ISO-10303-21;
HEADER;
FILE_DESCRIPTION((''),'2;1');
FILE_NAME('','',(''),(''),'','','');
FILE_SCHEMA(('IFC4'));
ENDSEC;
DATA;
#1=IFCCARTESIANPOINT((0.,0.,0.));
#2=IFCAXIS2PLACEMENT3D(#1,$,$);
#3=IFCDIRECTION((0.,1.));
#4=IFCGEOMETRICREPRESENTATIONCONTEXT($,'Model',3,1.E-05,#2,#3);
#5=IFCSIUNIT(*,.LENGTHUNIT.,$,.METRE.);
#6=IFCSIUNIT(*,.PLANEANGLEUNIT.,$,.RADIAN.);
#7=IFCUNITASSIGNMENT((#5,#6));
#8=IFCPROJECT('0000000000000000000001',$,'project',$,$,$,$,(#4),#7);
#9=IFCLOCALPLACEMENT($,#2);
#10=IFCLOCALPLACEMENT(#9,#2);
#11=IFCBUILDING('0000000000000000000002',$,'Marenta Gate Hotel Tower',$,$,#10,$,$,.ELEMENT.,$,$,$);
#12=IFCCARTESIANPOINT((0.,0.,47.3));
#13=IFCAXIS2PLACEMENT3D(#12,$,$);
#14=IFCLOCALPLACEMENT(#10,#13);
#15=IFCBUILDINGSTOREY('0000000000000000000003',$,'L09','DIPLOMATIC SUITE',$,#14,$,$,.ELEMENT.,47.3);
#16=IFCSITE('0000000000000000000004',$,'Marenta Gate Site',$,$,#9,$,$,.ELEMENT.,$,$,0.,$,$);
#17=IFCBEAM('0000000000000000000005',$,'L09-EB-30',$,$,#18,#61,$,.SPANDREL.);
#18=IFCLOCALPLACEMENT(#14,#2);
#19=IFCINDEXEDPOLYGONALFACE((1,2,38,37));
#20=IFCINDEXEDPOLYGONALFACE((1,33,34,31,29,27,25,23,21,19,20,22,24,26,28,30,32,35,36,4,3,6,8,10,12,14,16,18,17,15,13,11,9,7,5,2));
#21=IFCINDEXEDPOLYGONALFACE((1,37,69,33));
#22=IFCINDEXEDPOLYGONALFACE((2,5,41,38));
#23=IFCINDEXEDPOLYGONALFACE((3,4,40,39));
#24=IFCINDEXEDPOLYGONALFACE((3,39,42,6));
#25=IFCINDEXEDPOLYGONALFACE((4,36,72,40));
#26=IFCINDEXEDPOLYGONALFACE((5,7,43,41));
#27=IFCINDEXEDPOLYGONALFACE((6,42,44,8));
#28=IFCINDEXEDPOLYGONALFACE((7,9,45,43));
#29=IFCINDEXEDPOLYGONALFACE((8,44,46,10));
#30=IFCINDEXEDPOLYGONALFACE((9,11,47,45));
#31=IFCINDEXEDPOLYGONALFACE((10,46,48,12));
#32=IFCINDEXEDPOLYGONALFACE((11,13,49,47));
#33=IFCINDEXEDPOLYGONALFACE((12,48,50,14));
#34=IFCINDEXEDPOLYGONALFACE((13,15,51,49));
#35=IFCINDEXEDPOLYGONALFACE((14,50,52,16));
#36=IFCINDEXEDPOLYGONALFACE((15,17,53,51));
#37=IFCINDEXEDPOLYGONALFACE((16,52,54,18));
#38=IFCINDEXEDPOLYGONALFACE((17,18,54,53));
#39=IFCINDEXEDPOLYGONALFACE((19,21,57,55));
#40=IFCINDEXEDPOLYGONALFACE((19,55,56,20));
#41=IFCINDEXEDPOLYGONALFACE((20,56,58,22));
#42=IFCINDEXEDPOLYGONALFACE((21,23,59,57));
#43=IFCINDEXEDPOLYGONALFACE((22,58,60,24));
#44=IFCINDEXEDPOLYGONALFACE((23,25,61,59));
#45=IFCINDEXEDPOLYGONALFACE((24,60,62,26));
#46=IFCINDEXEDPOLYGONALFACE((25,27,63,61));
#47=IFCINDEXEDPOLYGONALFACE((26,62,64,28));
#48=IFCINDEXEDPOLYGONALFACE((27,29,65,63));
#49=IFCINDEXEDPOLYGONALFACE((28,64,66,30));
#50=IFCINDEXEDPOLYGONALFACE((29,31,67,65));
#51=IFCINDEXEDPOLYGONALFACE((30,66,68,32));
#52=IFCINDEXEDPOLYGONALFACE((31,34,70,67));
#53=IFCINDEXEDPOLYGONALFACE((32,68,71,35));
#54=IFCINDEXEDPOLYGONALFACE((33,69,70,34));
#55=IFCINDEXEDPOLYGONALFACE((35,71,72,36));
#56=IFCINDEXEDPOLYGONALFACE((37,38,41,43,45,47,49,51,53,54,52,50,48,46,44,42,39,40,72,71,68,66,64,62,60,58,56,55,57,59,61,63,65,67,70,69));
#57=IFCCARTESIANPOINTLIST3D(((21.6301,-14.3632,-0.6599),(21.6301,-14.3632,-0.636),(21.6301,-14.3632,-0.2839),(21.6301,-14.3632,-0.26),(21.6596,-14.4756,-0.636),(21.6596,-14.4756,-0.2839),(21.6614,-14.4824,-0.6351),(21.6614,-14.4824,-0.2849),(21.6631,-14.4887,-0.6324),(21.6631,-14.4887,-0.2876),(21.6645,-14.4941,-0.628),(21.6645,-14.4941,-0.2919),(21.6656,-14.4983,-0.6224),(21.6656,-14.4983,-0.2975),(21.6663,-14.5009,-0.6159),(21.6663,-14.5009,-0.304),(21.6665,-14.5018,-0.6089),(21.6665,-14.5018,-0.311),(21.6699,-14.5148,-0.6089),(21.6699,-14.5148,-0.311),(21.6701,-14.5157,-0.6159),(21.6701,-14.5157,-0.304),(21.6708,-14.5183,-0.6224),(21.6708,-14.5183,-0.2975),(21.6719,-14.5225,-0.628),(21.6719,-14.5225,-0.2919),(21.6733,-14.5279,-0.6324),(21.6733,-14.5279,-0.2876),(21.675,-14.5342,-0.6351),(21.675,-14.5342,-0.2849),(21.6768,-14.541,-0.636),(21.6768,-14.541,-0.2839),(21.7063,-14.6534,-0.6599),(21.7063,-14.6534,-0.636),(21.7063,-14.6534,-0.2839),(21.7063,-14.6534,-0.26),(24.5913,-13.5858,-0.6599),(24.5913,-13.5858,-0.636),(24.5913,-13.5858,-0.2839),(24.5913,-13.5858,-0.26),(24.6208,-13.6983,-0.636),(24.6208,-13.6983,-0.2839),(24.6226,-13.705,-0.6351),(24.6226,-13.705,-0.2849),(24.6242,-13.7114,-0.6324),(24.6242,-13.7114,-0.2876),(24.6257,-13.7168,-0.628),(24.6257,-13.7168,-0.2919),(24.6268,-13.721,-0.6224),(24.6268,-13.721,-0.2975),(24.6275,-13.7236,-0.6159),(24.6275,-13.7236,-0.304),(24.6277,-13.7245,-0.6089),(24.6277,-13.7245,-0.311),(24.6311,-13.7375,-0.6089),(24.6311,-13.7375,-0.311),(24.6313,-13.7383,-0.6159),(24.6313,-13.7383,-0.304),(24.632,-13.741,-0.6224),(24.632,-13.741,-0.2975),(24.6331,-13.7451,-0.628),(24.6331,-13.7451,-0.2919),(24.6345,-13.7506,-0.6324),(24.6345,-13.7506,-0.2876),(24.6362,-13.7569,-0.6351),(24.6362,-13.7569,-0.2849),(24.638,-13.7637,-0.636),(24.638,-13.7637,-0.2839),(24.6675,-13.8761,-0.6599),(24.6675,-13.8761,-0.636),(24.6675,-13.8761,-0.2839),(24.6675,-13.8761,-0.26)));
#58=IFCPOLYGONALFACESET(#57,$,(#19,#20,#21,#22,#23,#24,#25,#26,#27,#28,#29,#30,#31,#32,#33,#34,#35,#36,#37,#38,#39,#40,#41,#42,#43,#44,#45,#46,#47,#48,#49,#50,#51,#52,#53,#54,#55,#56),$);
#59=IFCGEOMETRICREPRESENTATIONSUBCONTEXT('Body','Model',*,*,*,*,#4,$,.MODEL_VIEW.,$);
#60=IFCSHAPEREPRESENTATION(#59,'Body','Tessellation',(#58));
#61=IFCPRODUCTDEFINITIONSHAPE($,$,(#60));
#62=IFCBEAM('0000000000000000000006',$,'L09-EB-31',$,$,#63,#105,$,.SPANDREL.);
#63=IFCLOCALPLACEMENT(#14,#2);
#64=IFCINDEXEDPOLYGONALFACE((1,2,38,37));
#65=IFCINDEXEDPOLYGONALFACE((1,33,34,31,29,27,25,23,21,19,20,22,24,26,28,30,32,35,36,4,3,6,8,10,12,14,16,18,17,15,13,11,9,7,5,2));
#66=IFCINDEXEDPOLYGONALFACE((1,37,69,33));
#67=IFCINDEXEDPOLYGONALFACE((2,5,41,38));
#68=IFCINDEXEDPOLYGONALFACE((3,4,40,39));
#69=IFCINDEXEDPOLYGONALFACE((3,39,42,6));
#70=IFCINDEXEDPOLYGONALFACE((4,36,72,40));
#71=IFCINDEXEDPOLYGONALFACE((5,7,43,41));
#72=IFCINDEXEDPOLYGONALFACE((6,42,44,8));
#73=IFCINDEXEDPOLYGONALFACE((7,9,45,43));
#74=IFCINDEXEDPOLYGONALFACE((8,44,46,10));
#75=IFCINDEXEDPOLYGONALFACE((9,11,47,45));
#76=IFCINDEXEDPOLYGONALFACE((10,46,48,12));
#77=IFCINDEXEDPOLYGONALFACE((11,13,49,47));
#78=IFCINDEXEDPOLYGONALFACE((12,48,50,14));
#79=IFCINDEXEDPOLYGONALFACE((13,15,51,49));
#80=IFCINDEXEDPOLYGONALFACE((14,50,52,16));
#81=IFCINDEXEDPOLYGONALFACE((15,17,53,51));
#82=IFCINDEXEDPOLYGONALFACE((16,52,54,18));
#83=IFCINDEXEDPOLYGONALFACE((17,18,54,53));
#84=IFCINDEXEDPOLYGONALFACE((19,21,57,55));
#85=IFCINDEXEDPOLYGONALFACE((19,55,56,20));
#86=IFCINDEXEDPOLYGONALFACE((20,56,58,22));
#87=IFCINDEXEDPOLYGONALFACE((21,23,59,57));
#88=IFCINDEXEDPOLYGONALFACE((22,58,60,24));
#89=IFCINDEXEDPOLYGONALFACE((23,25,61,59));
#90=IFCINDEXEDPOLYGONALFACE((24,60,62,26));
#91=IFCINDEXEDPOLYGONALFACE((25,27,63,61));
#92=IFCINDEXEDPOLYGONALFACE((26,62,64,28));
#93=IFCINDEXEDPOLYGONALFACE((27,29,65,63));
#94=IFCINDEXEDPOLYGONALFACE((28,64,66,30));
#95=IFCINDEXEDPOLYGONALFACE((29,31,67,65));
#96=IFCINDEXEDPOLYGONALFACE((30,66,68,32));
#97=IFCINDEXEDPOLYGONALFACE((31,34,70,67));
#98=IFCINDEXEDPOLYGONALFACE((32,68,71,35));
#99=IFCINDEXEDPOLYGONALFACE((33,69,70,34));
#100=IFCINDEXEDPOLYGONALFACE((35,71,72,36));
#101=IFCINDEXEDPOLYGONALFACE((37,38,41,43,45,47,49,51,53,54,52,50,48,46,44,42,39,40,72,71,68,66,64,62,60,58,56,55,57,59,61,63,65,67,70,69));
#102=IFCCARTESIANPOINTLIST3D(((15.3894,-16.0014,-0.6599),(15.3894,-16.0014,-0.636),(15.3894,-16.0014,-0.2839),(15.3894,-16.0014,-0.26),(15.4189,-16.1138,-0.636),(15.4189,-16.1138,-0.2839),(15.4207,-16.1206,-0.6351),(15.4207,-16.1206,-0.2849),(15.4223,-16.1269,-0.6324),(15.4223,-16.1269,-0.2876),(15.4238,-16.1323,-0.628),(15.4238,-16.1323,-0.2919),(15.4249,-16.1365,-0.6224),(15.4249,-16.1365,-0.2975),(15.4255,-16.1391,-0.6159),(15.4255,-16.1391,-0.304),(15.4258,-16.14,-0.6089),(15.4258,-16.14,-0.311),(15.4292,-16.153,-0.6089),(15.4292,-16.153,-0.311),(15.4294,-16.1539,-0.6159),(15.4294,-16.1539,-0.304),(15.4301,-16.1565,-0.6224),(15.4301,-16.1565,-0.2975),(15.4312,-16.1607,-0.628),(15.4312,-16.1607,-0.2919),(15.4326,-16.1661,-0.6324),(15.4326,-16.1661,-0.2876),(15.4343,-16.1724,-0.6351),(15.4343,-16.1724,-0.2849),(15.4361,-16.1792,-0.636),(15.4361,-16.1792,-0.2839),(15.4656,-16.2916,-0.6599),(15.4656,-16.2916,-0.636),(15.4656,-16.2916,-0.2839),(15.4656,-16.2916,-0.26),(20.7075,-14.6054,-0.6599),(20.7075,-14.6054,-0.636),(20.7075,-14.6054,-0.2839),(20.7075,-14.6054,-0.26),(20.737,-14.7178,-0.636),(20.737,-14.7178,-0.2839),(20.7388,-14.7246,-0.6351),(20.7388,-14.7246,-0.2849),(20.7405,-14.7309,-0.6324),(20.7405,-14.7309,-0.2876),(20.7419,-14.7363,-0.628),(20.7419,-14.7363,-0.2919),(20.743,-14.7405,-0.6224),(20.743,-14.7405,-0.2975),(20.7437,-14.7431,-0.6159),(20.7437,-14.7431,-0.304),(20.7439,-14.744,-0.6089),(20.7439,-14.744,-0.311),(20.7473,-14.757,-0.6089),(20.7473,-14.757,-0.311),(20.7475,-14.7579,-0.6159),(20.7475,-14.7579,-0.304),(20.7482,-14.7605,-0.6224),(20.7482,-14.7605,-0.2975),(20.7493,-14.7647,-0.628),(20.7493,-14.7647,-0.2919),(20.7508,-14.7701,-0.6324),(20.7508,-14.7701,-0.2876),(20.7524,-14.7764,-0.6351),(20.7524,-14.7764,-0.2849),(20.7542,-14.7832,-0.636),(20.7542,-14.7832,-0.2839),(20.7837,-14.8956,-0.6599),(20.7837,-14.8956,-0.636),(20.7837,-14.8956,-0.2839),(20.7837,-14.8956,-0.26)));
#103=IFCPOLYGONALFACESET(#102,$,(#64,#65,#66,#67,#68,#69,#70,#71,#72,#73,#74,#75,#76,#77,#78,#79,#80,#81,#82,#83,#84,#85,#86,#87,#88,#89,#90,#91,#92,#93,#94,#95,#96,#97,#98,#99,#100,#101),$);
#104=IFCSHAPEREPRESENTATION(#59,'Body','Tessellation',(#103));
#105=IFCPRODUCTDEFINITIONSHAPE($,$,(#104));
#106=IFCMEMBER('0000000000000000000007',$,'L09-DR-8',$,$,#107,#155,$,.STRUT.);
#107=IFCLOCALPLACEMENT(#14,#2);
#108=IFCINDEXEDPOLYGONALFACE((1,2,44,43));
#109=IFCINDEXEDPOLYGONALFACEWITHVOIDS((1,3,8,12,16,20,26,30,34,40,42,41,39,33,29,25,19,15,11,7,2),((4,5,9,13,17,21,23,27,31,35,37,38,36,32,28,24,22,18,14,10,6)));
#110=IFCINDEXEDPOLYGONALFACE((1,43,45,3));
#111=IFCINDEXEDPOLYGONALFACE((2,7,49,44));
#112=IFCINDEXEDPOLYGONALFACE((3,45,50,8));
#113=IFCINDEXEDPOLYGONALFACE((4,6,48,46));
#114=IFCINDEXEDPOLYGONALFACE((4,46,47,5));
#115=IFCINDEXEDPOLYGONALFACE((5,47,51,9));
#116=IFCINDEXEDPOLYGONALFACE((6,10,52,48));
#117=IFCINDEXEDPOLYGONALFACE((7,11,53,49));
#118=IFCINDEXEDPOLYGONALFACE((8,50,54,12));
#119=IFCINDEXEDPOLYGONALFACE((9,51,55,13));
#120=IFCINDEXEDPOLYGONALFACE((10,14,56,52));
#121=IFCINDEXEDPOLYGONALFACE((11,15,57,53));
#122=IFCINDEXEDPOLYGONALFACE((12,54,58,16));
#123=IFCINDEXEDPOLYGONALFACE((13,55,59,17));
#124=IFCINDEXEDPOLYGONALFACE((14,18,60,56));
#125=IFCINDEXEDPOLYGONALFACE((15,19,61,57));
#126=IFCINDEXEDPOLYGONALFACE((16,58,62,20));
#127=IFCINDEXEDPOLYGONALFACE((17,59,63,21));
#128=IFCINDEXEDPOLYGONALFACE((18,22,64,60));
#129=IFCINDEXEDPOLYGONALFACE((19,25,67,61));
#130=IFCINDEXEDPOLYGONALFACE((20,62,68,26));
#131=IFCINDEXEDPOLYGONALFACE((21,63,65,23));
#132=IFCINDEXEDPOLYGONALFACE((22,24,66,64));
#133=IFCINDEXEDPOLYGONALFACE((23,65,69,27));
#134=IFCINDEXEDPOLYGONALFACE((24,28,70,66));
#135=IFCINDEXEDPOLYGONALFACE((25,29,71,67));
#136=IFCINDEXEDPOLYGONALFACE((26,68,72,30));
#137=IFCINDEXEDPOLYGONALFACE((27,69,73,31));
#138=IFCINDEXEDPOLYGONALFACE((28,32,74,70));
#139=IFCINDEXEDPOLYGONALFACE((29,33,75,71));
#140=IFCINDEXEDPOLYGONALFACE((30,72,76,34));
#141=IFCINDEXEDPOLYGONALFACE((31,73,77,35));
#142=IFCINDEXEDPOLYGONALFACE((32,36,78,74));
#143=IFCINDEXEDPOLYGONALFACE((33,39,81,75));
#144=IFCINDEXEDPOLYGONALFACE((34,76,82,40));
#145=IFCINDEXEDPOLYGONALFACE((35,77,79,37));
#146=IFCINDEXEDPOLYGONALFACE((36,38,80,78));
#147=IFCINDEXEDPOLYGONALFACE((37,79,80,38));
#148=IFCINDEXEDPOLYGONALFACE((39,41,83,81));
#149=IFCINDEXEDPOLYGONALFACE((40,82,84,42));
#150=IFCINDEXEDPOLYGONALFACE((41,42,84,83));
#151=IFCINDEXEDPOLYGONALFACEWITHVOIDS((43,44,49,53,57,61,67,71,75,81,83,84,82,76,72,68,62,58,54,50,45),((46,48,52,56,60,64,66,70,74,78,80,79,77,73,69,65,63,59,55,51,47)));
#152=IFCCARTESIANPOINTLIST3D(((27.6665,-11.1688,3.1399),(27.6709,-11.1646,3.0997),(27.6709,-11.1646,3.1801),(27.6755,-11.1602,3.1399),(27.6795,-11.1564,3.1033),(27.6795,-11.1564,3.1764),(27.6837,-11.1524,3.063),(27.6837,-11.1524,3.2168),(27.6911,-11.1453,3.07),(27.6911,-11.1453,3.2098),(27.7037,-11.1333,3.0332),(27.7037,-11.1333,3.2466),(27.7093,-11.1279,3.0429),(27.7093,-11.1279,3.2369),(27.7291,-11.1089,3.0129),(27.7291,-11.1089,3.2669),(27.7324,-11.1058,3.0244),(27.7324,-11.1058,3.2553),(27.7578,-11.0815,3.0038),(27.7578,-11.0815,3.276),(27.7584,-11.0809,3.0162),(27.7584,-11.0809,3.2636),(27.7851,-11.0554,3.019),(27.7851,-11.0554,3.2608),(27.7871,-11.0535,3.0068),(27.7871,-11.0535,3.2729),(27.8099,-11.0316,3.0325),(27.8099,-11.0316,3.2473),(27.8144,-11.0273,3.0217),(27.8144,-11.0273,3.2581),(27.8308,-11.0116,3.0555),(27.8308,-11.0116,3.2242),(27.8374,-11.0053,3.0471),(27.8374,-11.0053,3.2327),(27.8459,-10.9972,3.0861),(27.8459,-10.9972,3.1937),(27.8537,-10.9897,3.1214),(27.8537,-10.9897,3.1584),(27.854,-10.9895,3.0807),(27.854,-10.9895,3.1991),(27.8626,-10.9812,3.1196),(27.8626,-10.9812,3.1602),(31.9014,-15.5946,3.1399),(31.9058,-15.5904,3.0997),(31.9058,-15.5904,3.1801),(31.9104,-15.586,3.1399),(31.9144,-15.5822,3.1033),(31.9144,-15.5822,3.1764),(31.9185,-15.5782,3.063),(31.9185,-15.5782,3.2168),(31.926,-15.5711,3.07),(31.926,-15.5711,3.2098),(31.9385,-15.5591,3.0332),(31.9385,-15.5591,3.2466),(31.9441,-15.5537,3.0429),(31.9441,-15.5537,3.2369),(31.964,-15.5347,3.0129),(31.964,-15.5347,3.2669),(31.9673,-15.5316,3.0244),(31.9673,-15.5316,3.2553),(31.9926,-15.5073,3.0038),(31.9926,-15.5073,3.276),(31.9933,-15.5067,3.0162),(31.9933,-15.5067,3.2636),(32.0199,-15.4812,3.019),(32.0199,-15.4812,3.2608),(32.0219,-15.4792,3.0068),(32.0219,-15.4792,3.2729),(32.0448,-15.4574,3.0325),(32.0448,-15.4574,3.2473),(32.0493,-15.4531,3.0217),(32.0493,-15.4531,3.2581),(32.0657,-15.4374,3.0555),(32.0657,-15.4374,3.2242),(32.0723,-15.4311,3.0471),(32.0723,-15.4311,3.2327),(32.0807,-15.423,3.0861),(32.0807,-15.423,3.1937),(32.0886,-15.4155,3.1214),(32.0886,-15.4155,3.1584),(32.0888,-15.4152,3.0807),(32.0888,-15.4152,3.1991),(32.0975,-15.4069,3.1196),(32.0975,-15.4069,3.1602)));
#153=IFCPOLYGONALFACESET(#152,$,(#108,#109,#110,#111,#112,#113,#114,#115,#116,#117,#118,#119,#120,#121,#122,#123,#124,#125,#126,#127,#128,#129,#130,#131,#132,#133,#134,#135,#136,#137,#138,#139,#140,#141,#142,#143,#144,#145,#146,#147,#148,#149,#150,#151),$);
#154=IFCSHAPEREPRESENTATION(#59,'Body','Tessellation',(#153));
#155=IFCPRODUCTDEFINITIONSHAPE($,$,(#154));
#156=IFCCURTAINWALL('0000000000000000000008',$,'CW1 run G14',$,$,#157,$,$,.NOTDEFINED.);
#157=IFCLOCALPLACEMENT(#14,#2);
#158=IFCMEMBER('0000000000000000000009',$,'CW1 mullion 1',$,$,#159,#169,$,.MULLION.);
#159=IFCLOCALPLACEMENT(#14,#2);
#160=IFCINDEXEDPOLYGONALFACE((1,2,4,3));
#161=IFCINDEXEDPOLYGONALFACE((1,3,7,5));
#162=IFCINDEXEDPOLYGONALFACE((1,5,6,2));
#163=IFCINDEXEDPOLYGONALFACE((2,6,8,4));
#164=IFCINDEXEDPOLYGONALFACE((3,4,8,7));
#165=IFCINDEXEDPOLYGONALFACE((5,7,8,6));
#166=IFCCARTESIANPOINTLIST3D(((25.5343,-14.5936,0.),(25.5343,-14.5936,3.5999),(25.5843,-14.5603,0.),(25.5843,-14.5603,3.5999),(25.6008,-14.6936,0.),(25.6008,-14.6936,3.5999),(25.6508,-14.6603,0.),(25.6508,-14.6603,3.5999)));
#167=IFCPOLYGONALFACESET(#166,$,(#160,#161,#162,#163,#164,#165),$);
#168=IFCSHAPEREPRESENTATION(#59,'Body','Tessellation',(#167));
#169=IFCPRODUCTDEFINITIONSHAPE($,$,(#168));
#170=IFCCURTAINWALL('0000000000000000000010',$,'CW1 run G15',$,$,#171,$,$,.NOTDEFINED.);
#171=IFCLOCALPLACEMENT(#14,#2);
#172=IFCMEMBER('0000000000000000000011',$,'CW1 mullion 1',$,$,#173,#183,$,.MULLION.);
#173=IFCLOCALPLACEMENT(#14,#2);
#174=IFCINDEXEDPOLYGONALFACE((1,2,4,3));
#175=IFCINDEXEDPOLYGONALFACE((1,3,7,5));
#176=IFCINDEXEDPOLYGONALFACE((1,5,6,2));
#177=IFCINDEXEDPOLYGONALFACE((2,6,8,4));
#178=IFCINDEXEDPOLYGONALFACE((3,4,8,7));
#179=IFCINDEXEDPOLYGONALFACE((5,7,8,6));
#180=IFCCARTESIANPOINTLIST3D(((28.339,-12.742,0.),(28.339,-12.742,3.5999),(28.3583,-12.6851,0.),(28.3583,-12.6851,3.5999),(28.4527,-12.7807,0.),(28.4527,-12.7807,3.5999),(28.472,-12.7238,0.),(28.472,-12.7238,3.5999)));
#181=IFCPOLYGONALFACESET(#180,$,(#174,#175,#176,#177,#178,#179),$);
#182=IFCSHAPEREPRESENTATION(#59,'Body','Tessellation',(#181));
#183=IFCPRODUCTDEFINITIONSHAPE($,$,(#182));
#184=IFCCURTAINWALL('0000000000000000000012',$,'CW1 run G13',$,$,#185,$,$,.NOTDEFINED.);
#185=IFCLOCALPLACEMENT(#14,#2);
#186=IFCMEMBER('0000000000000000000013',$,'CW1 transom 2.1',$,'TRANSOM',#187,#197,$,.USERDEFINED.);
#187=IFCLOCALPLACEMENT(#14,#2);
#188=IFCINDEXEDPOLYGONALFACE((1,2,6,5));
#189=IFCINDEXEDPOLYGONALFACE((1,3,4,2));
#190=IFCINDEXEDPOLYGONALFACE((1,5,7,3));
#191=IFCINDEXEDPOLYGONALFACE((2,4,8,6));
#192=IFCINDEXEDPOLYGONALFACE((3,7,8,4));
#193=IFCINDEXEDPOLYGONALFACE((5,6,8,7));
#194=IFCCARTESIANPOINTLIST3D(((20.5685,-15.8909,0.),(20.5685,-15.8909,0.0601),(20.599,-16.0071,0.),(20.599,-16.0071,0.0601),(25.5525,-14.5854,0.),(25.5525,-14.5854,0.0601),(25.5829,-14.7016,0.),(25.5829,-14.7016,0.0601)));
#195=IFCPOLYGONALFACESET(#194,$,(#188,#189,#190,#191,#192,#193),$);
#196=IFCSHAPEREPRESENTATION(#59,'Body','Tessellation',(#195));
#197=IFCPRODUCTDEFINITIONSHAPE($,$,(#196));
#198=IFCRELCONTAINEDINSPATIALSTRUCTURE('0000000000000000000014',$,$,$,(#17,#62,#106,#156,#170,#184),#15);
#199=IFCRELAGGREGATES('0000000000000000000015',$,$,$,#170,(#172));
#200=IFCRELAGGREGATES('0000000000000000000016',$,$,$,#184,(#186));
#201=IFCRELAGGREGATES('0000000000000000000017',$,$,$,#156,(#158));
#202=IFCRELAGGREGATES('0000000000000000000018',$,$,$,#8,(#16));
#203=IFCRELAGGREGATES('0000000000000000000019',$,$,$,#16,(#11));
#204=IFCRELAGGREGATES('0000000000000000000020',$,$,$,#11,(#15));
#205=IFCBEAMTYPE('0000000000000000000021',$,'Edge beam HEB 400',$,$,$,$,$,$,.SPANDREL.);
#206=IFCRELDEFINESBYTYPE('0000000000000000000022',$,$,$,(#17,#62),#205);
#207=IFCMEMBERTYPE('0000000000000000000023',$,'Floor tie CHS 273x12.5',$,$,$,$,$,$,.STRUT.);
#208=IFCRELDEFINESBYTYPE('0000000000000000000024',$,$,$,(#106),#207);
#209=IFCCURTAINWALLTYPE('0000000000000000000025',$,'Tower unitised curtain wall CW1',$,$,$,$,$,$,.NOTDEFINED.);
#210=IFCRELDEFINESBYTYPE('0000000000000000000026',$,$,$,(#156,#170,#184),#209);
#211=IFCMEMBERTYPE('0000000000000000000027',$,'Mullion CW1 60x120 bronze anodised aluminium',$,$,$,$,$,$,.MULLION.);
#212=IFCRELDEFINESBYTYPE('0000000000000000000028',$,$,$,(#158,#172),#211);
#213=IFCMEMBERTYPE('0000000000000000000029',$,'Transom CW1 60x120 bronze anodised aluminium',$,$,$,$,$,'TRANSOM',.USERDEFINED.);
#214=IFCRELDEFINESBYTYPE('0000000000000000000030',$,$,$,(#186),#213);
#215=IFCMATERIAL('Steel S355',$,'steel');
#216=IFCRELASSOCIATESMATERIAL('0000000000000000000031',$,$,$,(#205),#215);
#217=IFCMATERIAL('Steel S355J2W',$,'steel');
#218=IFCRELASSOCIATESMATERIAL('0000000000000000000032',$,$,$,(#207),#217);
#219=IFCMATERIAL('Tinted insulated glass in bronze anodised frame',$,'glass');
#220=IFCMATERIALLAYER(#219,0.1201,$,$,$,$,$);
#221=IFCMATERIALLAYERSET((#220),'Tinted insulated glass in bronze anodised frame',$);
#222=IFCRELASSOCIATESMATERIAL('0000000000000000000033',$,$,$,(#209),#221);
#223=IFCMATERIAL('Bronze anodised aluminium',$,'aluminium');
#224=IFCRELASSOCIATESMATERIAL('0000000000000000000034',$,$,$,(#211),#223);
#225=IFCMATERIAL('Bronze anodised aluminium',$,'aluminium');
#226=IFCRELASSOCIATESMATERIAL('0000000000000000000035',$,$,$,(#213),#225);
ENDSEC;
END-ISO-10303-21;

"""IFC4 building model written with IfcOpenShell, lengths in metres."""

from ifc_helpers import new_model, si_unit, direction, frame, origin, origin_2d, place, context, subcontext, project, spatial, rectangle, hollow_circle, i_section, extrude, material, layer, layer_set, material_profile, profile_set, type_object, element, aggregate, save


model = new_model("IFC4")

# Units and contexts
model_context = context("Model", 3, precision=1e-05, world=origin(), true_north=direction((0.0, 1.0)))
body_context = subcontext(model_context, "Body", "Model", "MODEL_VIEW")
ifc_project = project(units=[si_unit("LENGTHUNIT", "METRE"), si_unit("PLANEANGLEUNIT", "RADIAN")], contexts=[model_context])

# Site, building, storey
site_placement = place(None, origin())
site = spatial("IfcSite", under=ifc_project, at=site_placement, Name="Marenta Gate Site", CompositionType="ELEMENT", RefElevation=0.0)
building_placement = place(site_placement, origin())
building = spatial("IfcBuilding", under=site, at=building_placement, Name="Marenta Gate Hotel Tower", CompositionType="ELEMENT")
storey_placement = place(building_placement, frame((0.0, 0.0, 47.3)))
storey = spatial("IfcBuildingStorey", under=building, at=storey_placement, Name="L09", Description="DIPLOMATIC SUITE", CompositionType="ELEMENT", Elevation=47.3)

# Beams
ifc_material_1 = material(Name="Steel S355", Category="steel")
ifc_material_profile_1 = material_profile(ifc_material_1, i_section(OverallWidth=0.3, OverallDepth=0.3999, WebThickness=0.0134, FlangeThickness=0.0239, FilletRadius=0.0271, at=origin_2d()), Name="HEB 400")
ifc_profile_set_1 = profile_set([ifc_material_profile_1], Name="Steel S355")
beam_type = type_object("IfcBeamType", Name="Edge beam HEB 400", PredefinedType="SPANDREL", material=ifc_profile_set_1)
beam_1_placement = place(storey_placement, frame((24.6294, -13.731, -0.46), z_axis=(-0.967228, -0.253908, 0.0), x_axis=(0.253908, -0.967228, 0.0)))
element("IfcBeam", 1, at=beam_1_placement, inside=storey, type_object=beam_type, Name="L09-EB-30", PredefinedType="SPANDREL", context=body_context, shape_type="SweptSolid", body=[
    extrude(i_section(OverallWidth=0.3, OverallDepth=0.3999, WebThickness=0.0134, FlangeThickness=0.0239, FilletRadius=0.0271, at=origin_2d()), origin(), (0.0, 0.0, 1.0), 3.0615),
])
beam_2_placement = place(storey_placement, frame((20.7456, -14.7505, -0.46), z_axis=(-0.967231, -0.253897, 0.0), x_axis=(0.253897, -0.967231, 0.0)))
element("IfcBeam", 2, at=beam_2_placement, inside=storey, type_object=beam_type, Name="L09-EB-31", PredefinedType="SPANDREL", context=body_context, shape_type="SweptSolid", body=[
    extrude(i_section(OverallWidth=0.3, OverallDepth=0.3999, WebThickness=0.0134, FlangeThickness=0.0239, FilletRadius=0.0271, at=origin_2d()), origin(), (0.0, 0.0, 1.0), 5.4983),
])

# Member
ifc_material_2 = material(Name="Steel S355J2W", Category="steel")
ifc_material_profile_2 = material_profile(ifc_material_2, hollow_circle(Radius=0.1365, WallThickness=0.0125, at=origin_2d()), Name="CHS 273x12.5")
ifc_profile_set_2 = profile_set([ifc_material_profile_2], Name="Steel S355J2W")
member_type_1 = type_object("IfcMemberType", Name="Floor tie CHS 273x12.5", PredefinedType="STRUT", material=ifc_profile_set_2)
member_1_placement = place(storey_placement, frame((32.0, -15.5002, 3.1399), z_axis=(-0.691351, 0.722519, 0.0), x_axis=(-0.722519, -0.691351, 0.0)))
element("IfcMember", 3, at=member_1_placement, inside=storey, type_object=member_type_1, Name="L09-DR-8", PredefinedType="STRUT", context=body_context, shape_type="SweptSolid", body=[
    extrude(hollow_circle(Radius=0.1365, WallThickness=0.0125, at=origin_2d()), origin(), (0.0, 0.0, 1.0), 6.1255),
])

# Curtain walls, members
ifc_material_3 = material(Name="Tinted insulated glass in bronze anodised frame", Category="glass")
ifc_layer_1 = layer(ifc_material_3, 0.1201)
ifc_layer_set_1 = layer_set([ifc_layer_1], Name="Tinted insulated glass in bronze anodised frame")
curtain_wall_type = type_object("IfcCurtainWallType", Name="Tower unitised curtain wall CW1", PredefinedType="NOTDEFINED", material=ifc_layer_set_1)
curtain_wall_1_placement = place(storey_placement, origin())
curtain_wall_1 = element("IfcCurtainWall", 4, at=curtain_wall_1_placement, inside=storey, type_object=curtain_wall_type, Name="CW1 run G14", PredefinedType="NOTDEFINED")
ifc_material_4 = material(Name="Bronze anodised aluminium", Category="aluminium")
ifc_material_profile_3 = material_profile(ifc_material_4, rectangle(XDim=0.1201, YDim=0.0601, at=origin_2d()), Name="Mullion CW1 60x120 bronze anodised aluminium")
ifc_profile_set_3 = profile_set([ifc_material_profile_3], Name="Bronze anodised aluminium")
member_type_2 = type_object("IfcMemberType", Name="Mullion CW1 60x120 bronze anodised aluminium", PredefinedType="MULLION", material=ifc_profile_set_3)
member_2_placement = place(storey_placement, frame((25.5925, -14.627, 0.0), z_axis=(0.0, 0.0, 1.0), x_axis=(-0.554034, 0.832494, 0.0)))
member_2 = element("IfcMember", 5, at=member_2_placement, type_object=member_type_2, Name="CW1 mullion 1", PredefinedType="MULLION", context=body_context, shape_type="SweptSolid", body=[
    extrude(rectangle(XDim=0.1201, YDim=0.0601, at=origin_2d()), origin(), (0.0, 0.0, 1.0), 3.5999),
])
curtain_wall_2_placement = place(storey_placement, origin())
curtain_wall_2 = element("IfcCurtainWall", 6, at=curtain_wall_2_placement, inside=storey, type_object=curtain_wall_type, Name="CW1 run G15", PredefinedType="NOTDEFINED")
member_3_placement = place(storey_placement, frame((28.4055, -12.7329, 0.0), z_axis=(0.0, 0.0, 1.0), x_axis=(-0.946722, 0.322051, 0.0)))
member_3 = element("IfcMember", 7, at=member_3_placement, type_object=member_type_2, Name="CW1 mullion 1", PredefinedType="MULLION", context=body_context, shape_type="SweptSolid", body=[
    extrude(rectangle(XDim=0.1201, YDim=0.0601, at=origin_2d()), origin(), (0.0, 0.0, 1.0), 3.5999),
])
curtain_wall_3_placement = place(storey_placement, origin())
curtain_wall_3 = element("IfcCurtainWall", 8, at=curtain_wall_3_placement, inside=storey, type_object=curtain_wall_type, Name="CW1 run G13", PredefinedType="NOTDEFINED")
ifc_material_5 = material(Name="Bronze anodised aluminium", Category="aluminium")
ifc_material_profile_4 = material_profile(ifc_material_5, rectangle(XDim=0.1201, YDim=0.0601, at=origin_2d()), Name="Transom CW1 60x120 bronze anodised aluminium")
ifc_profile_set_4 = profile_set([ifc_material_profile_4], Name="Bronze anodised aluminium")
member_type_3 = type_object("IfcMemberType", Name="Transom CW1 60x120 bronze anodised aluminium", ElementType="TRANSOM", PredefinedType="USERDEFINED", material=ifc_profile_set_4)
member_4_placement = place(storey_placement, frame((20.5837, -15.949, 0.03), z_axis=(0.967367, 0.253381, 0.0), x_axis=(-0.253381, 0.967367, 0.0)))
member_4 = element("IfcMember", 9, at=member_4_placement, type_object=member_type_3, Name="CW1 transom 2.1", ObjectType="TRANSOM", PredefinedType="USERDEFINED", context=body_context, shape_type="SweptSolid", body=[
    extrude(rectangle(XDim=0.1201, YDim=0.0601, at=origin_2d()), origin(), (0.0, 0.0, 1.0), 5.1521),
])

aggregate(curtain_wall_2, [member_3])

aggregate(curtain_wall_3, [member_4])
aggregate(curtain_wall_1, [member_2])

save(model, "model.ifc")
